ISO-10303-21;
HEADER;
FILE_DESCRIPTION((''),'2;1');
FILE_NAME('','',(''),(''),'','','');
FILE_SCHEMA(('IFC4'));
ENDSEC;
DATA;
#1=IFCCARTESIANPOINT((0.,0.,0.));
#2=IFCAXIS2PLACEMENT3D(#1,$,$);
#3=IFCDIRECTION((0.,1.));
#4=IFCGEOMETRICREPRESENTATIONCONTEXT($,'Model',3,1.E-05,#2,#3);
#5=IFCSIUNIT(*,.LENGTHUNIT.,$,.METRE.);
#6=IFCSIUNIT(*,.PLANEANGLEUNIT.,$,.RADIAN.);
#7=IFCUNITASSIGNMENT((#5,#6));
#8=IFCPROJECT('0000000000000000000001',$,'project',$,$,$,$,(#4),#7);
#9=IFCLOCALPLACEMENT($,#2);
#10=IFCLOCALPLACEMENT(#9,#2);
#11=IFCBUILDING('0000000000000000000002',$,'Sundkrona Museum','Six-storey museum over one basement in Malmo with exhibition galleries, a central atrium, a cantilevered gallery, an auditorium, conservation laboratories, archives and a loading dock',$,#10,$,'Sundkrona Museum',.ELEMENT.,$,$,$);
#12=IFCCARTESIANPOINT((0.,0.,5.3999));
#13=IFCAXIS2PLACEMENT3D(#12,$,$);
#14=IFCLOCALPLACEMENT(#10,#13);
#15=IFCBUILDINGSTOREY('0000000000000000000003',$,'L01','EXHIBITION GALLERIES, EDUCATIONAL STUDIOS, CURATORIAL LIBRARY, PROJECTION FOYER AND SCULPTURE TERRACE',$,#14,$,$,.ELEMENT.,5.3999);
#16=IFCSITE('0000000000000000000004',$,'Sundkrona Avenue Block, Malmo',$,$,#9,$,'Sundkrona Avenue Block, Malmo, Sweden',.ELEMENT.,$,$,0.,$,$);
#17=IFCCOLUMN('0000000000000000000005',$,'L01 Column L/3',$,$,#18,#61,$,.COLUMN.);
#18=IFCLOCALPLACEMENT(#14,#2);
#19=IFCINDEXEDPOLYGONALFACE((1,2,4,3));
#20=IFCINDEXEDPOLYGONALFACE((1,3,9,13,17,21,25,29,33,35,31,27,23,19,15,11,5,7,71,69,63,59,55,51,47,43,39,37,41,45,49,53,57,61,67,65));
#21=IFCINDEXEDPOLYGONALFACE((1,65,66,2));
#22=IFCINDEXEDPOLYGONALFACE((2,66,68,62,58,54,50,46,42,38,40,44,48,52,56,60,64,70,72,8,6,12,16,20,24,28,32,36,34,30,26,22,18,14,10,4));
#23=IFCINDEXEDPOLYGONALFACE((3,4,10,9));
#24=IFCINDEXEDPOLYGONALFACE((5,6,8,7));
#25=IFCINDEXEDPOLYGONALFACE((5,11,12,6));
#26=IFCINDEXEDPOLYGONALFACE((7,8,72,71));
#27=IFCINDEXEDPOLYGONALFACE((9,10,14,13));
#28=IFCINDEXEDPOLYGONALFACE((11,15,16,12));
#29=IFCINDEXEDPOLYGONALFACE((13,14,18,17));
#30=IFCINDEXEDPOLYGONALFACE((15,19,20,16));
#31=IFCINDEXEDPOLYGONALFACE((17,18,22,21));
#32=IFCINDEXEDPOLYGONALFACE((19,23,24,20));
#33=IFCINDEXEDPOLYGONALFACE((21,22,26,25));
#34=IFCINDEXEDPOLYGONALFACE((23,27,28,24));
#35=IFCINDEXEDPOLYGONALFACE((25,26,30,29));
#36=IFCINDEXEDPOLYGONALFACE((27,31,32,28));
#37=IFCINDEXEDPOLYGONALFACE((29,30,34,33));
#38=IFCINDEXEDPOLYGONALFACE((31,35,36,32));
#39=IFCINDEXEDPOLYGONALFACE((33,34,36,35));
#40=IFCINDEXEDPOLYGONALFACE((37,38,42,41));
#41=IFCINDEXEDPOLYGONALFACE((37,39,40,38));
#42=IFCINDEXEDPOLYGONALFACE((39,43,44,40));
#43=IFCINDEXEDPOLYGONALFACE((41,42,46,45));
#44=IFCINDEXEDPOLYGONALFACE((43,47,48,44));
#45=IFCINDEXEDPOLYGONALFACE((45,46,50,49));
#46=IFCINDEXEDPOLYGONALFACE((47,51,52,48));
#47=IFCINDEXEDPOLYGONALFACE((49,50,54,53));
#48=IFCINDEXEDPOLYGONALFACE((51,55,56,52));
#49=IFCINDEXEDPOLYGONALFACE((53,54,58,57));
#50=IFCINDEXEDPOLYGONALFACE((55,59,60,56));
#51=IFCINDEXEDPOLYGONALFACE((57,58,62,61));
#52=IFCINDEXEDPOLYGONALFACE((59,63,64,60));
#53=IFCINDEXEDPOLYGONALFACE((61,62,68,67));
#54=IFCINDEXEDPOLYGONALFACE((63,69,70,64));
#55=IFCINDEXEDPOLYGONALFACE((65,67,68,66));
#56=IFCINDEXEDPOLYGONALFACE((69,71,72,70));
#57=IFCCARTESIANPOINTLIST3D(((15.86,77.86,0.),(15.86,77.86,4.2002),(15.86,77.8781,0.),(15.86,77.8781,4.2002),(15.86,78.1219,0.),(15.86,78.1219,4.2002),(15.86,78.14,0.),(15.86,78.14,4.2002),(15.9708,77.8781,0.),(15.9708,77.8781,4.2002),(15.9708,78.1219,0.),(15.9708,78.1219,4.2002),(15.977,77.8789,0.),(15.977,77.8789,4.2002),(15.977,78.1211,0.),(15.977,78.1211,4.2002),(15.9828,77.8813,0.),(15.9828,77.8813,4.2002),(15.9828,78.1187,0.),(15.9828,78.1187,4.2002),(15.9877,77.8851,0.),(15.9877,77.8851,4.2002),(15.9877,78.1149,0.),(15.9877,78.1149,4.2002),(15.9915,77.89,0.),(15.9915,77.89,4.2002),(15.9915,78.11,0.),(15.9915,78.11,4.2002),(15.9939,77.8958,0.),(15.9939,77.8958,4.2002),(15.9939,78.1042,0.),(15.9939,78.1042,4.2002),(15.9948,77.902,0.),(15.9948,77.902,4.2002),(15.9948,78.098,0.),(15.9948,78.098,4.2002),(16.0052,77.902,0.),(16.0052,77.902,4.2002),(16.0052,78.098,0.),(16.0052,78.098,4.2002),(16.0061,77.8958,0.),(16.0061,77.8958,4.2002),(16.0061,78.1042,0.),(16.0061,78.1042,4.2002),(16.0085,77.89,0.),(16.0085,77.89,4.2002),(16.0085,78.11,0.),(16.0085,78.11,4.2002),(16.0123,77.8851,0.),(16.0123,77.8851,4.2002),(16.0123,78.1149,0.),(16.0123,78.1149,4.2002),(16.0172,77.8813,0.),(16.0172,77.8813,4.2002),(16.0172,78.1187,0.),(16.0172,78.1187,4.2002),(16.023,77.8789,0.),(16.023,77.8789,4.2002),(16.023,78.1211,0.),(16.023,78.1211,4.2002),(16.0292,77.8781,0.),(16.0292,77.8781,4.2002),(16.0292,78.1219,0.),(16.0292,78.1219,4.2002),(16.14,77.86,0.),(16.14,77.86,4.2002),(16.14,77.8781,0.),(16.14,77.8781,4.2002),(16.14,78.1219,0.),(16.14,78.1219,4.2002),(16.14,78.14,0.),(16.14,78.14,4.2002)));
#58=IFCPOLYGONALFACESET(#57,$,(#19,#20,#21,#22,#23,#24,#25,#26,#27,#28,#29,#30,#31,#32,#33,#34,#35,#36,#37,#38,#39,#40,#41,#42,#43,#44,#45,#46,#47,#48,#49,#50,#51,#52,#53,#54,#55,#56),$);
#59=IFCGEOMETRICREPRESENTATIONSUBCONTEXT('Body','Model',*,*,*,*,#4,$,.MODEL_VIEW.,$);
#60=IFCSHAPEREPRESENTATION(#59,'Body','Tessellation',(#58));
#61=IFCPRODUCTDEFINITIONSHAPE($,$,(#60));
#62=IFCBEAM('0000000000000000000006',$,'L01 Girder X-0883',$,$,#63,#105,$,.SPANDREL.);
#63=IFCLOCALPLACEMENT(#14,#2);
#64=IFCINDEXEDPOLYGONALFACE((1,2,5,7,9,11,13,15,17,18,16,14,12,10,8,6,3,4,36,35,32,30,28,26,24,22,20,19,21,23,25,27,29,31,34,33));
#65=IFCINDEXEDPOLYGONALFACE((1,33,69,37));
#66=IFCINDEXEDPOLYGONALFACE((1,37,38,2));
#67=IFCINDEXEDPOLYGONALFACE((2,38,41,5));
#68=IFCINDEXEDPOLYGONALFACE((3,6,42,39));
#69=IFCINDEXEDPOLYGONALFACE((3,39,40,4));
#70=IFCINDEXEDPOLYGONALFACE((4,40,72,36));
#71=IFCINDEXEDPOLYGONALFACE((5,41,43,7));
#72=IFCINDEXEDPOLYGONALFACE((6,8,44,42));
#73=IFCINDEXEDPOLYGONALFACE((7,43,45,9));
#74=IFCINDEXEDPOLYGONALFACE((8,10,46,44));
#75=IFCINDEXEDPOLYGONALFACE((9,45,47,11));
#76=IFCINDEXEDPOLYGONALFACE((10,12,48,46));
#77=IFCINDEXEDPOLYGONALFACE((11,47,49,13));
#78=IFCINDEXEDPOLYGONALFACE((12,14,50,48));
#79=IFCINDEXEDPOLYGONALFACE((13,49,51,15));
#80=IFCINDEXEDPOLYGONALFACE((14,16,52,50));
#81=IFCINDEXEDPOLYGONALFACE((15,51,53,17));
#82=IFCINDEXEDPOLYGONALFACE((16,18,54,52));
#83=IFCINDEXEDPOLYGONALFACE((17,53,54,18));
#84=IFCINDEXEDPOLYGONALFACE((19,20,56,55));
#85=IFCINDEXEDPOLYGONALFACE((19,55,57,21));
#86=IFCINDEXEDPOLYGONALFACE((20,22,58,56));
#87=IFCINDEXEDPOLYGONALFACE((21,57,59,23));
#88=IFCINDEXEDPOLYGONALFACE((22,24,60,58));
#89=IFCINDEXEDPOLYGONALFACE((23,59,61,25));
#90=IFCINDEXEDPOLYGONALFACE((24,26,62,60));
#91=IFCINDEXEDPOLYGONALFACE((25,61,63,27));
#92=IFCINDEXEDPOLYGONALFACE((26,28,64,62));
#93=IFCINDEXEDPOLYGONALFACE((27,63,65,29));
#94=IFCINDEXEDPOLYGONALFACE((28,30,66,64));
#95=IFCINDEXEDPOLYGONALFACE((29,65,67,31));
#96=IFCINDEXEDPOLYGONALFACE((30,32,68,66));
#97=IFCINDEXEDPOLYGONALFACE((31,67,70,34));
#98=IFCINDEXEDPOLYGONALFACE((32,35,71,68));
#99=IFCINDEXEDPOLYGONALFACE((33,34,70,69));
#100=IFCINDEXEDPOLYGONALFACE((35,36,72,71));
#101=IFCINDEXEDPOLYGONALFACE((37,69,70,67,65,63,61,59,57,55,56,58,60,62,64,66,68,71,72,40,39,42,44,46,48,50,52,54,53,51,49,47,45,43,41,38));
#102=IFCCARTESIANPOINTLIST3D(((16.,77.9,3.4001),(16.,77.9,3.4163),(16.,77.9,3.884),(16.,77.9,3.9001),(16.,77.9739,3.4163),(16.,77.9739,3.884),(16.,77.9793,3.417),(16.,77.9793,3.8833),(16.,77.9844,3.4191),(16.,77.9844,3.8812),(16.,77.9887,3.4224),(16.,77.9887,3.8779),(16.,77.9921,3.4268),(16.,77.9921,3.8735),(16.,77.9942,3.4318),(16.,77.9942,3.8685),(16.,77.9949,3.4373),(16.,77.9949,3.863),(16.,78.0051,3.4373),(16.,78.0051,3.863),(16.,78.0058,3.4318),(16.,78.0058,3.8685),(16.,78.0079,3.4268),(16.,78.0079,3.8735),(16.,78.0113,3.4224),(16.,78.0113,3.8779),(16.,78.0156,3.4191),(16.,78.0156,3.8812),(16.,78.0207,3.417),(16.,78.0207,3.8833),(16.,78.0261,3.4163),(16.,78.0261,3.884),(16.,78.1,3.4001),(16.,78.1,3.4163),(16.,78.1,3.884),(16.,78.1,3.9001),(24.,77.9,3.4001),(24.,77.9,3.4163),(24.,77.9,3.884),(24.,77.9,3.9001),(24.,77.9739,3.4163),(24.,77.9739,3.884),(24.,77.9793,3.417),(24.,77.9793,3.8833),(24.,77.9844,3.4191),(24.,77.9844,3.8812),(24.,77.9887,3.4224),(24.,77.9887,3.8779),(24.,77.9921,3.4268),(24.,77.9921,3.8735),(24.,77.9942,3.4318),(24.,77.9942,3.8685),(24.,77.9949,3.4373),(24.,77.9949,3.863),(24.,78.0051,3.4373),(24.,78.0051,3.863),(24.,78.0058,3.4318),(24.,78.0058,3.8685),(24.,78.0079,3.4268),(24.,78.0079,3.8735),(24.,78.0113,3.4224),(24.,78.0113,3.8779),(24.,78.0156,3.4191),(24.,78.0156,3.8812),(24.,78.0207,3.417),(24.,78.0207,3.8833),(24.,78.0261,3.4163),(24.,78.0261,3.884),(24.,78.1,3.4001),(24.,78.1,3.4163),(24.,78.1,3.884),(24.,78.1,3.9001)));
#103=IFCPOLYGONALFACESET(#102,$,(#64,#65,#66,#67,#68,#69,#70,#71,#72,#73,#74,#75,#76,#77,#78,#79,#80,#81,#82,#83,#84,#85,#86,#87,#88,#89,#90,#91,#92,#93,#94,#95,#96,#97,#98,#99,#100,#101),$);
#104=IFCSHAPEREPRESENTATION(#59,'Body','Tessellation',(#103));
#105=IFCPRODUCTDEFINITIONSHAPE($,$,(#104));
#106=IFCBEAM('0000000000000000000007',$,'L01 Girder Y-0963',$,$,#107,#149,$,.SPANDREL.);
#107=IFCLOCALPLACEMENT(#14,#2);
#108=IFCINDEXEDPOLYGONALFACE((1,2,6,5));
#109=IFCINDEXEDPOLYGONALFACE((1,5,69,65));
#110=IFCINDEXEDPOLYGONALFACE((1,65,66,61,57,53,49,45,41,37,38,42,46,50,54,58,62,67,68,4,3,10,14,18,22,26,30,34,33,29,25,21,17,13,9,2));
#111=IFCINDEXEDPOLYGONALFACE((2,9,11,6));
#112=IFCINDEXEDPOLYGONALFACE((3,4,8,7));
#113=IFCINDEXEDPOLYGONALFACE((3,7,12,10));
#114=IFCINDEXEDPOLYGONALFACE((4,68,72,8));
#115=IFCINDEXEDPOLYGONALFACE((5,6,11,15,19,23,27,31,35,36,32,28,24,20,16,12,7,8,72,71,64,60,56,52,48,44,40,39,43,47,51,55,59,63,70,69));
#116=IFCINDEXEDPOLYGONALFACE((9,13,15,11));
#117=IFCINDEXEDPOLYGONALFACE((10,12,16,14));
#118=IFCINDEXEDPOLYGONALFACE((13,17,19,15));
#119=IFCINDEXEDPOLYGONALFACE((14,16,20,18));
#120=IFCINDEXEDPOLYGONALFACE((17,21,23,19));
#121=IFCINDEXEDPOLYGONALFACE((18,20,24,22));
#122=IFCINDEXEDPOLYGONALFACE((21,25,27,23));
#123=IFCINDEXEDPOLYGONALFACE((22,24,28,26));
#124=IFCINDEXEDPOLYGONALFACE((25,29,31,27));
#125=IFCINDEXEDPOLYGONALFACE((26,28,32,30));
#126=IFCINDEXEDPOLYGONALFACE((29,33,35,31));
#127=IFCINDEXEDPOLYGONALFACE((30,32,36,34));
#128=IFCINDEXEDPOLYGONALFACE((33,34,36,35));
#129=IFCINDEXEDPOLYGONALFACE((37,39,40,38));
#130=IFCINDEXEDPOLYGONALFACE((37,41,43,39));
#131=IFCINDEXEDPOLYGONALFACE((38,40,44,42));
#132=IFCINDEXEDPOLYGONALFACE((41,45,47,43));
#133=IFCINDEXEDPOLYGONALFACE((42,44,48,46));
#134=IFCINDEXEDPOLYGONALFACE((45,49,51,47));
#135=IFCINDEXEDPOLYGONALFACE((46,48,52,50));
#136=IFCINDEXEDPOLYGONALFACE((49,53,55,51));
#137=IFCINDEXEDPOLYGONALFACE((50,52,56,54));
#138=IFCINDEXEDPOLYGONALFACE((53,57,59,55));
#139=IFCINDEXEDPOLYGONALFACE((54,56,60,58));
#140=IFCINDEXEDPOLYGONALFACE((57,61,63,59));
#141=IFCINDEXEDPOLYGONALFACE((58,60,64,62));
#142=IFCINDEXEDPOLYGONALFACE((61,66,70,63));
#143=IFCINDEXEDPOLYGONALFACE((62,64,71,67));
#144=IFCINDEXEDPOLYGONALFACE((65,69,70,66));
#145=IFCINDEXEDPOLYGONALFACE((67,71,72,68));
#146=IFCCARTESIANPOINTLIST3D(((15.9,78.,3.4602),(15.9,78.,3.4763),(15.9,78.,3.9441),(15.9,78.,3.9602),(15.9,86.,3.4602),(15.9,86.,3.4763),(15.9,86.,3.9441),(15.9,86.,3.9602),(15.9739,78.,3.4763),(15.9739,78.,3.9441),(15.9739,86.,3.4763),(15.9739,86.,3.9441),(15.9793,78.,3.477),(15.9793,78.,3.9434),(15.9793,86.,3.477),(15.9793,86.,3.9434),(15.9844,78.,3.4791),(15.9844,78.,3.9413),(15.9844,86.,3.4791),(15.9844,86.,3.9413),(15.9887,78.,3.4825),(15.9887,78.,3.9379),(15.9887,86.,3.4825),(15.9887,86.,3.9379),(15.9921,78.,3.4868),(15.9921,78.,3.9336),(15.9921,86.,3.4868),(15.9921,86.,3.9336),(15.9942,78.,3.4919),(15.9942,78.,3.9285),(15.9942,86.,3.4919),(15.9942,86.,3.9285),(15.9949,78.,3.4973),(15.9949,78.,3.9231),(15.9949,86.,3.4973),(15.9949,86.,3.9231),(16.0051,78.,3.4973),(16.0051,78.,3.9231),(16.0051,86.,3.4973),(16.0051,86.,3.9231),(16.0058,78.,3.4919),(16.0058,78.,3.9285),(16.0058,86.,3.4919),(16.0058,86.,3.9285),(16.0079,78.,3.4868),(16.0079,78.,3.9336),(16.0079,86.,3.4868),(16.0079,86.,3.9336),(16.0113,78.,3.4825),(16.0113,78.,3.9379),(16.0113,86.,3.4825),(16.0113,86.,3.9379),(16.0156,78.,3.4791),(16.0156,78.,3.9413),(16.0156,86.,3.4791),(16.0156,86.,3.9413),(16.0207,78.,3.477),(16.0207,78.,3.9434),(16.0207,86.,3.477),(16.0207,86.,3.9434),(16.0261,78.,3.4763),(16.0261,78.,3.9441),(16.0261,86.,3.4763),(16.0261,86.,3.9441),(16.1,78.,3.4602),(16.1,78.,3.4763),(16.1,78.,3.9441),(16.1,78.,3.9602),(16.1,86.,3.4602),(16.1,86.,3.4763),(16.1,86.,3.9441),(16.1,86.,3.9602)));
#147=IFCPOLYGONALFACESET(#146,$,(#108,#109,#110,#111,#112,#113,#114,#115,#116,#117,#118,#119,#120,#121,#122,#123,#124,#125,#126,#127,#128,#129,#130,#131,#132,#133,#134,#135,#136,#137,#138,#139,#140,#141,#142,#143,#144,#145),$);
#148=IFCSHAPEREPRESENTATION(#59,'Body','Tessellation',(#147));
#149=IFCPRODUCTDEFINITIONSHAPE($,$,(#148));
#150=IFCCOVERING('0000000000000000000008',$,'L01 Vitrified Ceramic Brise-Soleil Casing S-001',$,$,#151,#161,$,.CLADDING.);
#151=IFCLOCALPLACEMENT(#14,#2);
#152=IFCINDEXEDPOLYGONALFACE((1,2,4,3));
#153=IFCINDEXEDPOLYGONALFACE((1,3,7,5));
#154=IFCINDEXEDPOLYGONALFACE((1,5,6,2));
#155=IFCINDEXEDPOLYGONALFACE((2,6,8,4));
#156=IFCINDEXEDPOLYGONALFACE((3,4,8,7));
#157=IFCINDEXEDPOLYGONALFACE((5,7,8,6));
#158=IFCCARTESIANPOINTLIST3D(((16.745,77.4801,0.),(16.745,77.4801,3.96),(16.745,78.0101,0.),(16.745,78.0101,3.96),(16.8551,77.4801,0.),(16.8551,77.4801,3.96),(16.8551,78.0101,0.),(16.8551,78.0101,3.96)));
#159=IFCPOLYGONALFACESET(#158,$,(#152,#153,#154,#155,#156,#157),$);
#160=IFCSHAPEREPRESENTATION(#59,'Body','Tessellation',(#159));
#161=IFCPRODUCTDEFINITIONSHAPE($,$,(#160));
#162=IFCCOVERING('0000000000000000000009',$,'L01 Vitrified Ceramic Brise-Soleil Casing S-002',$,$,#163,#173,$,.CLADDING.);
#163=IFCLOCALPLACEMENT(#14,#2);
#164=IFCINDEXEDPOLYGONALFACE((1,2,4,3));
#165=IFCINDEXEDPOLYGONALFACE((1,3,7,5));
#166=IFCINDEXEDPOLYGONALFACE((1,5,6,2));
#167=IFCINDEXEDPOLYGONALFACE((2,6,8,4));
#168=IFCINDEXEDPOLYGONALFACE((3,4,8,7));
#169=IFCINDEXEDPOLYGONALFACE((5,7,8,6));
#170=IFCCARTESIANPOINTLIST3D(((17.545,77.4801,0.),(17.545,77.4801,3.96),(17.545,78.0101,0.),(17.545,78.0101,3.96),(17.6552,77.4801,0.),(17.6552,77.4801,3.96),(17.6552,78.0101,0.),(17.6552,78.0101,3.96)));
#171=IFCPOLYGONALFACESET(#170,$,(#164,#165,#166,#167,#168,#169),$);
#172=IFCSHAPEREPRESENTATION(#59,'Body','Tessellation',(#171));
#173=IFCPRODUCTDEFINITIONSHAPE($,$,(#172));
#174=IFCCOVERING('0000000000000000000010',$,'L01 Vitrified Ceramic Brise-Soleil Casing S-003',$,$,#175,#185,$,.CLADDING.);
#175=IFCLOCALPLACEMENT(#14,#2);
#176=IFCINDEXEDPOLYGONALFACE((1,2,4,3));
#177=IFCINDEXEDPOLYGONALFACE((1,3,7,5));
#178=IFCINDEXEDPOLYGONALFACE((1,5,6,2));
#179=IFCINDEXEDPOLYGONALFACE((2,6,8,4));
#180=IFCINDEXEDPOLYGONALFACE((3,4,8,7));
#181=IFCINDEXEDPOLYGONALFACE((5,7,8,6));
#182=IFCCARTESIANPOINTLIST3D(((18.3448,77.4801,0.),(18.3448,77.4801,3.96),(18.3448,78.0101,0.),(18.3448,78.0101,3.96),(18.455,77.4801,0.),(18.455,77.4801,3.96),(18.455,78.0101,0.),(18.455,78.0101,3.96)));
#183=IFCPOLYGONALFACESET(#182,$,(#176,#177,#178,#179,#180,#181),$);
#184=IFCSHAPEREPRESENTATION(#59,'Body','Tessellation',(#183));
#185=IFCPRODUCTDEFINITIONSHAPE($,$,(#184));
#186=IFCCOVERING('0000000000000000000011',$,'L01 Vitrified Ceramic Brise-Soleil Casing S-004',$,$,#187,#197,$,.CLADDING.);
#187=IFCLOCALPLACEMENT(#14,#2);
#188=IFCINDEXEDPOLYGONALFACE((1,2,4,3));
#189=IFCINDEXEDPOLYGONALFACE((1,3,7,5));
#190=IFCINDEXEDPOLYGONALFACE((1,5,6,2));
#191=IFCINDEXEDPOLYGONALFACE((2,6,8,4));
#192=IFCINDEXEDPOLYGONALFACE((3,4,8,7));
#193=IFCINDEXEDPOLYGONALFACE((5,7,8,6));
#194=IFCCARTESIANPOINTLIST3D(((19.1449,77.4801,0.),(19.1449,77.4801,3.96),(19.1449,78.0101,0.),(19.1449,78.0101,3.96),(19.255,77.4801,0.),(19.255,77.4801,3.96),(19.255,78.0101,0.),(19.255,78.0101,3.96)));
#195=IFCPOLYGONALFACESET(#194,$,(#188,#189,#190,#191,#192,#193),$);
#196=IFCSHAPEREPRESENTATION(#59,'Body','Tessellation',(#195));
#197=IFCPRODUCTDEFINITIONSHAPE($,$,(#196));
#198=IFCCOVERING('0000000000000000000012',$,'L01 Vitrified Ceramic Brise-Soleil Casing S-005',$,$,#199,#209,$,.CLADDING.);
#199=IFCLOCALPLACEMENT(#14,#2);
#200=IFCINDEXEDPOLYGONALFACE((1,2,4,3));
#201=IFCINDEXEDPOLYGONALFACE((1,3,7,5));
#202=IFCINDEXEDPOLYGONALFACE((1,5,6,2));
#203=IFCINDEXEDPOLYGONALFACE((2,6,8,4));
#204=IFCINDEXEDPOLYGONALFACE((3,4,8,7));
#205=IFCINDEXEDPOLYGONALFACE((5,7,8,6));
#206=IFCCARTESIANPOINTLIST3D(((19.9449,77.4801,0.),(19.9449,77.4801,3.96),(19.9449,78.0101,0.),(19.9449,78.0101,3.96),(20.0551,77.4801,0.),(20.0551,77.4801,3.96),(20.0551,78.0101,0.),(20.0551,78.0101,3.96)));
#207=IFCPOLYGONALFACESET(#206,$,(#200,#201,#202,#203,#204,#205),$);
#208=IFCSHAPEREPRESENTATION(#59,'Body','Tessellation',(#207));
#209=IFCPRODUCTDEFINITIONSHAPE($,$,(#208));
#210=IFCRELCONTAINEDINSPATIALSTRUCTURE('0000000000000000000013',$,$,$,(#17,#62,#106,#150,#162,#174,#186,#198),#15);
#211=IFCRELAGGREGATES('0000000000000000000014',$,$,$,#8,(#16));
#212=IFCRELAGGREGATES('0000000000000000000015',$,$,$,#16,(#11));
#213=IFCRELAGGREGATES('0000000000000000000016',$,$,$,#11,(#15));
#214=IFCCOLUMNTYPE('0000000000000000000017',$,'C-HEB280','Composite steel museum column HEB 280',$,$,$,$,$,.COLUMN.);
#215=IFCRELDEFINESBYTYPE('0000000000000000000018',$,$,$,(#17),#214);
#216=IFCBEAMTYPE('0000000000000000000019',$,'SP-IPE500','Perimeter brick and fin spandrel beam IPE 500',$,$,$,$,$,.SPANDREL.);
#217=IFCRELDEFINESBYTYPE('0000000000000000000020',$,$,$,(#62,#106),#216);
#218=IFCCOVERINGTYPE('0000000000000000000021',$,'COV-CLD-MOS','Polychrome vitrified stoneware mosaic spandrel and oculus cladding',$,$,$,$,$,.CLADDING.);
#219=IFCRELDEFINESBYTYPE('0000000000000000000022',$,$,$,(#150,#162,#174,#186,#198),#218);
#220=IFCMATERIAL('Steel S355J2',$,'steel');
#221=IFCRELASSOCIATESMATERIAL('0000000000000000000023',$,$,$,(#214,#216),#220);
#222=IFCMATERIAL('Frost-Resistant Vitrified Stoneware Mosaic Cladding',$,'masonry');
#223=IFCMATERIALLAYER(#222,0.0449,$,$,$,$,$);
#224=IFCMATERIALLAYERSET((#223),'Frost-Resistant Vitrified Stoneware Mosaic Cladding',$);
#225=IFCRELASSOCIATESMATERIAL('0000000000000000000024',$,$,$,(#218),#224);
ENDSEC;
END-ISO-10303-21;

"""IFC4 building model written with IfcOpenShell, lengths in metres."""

from ifc_helpers import new_model, si_unit, direction, frame, origin, origin_2d, place, context, subcontext, project, spatial, rectangle, i_section, extrude, material, layer, layer_set, material_profile, profile_set, type_object, element, save


model = new_model("IFC4")

# Units and contexts
model_context = context("Model", 3, precision=1e-05, world=origin(), true_north=direction((0.0, 1.0)))
body_context = subcontext(model_context, "Body", "Model", "MODEL_VIEW")
ifc_project = project(units=[si_unit("LENGTHUNIT", "METRE"), si_unit("PLANEANGLEUNIT", "RADIAN")], contexts=[model_context])

# Site, building, storey
site_placement = place(None, origin())
site = spatial("IfcSite", under=ifc_project, at=site_placement, Name="Sundkrona Avenue Block, Malmo", LongName="Sundkrona Avenue Block, Malmo, Sweden", CompositionType="ELEMENT", RefElevation=0.0)
building_placement = place(site_placement, origin())
building = spatial("IfcBuilding", under=site, at=building_placement, Name="Sundkrona Museum", Description="Six-storey museum over one basement in Malmo with exhibition galleries, a central atrium, a cantilevered gallery, an auditorium, conservation laboratories, archives and a loading dock", LongName="Sundkrona Museum", CompositionType="ELEMENT")
storey_placement = place(building_placement, frame((0.0, 0.0, 5.3999)))
storey = spatial("IfcBuildingStorey", under=building, at=storey_placement, Name="L01", Description="EXHIBITION GALLERIES, EDUCATIONAL STUDIOS, CURATORIAL LIBRARY, PROJECTION FOYER AND SCULPTURE TERRACE", CompositionType="ELEMENT", Elevation=5.3999)

# Column
ifc_material_1 = material(Name="Steel S355J2", Category="steel")
ifc_material_profile_1 = material_profile(ifc_material_1, i_section(OverallWidth=0.28, OverallDepth=0.28, WebThickness=0.0105, FlangeThickness=0.0181, FilletRadius=0.0239, at=origin_2d()), Name="HEB 280")
ifc_profile_set_1 = profile_set([ifc_material_profile_1], Name="Steel S355J2")
column_type = type_object("IfcColumnType", Name="C-HEB280", Description="Composite steel museum column HEB 280", PredefinedType="COLUMN", material=ifc_profile_set_1)
column_placement = place(storey_placement, frame((16.0, 78.0, 0.0), z_axis=(0.0, 0.0, 1.0), x_axis=(1.0, 0.0, 0.0)))
element("IfcColumn", 1, at=column_placement, inside=storey, type_object=column_type, Name="L01 Column L/3", PredefinedType="COLUMN", context=body_context, shape_type="SweptSolid", body=[
    extrude(i_section(OverallWidth=0.28, OverallDepth=0.28, WebThickness=0.0105, FlangeThickness=0.0181, FilletRadius=0.0239, at=origin_2d()), origin(), (0.0, 0.0, 1.0), 4.2002),
])

# Beams
ifc_material_profile_2 = material_profile(ifc_material_1, i_section(OverallWidth=0.2, OverallDepth=0.5, WebThickness=0.0103, FlangeThickness=0.0161, FilletRadius=0.021, at=origin_2d()), Name="IPE 500")
ifc_profile_set_2 = profile_set([ifc_material_profile_2], Name="Steel S355J2")
beam_type = type_object("IfcBeamType", Name="SP-IPE500", Description="Perimeter brick and fin spandrel beam IPE 500", PredefinedType="SPANDREL", material=ifc_profile_set_2)
for number, where, z_axis, x_axis, name in (
    (2, (16.0, 78.0, 3.6501), (1.0, 0.0, 0.0), (0.0, 1.0, 0.0), "L01 Girder X-0883"),
    (3, (16.0, 78.0, 3.7102), (0.0, 1.0, 0.0), (-1.0, 0.0, 0.0), "L01 Girder Y-0963"),
):
    element("IfcBeam", number, at=place(storey_placement, frame(where, z_axis=z_axis, x_axis=x_axis)), inside=storey, type_object=beam_type, Name=name, PredefinedType="SPANDREL", context=body_context, shape_type="SweptSolid", body=[
        extrude(i_section(OverallWidth=0.2, OverallDepth=0.5, WebThickness=0.0103, FlangeThickness=0.0161, FilletRadius=0.021, at=origin_2d()), origin(), (0.0, 0.0, 1.0), 8.0),
    ])

# Coverings
ifc_material_2 = material(Name="Frost-Resistant Vitrified Stoneware Mosaic Cladding", Category="masonry")
ifc_layer_1 = layer(ifc_material_2, 0.0449)
ifc_layer_set_1 = layer_set([ifc_layer_1], Name="Frost-Resistant Vitrified Stoneware Mosaic Cladding")
covering_type = type_object("IfcCoveringType", Name="COV-CLD-MOS", Description="Polychrome vitrified stoneware mosaic spandrel and oculus cladding", PredefinedType="CLADDING", material=ifc_layer_set_1)
for number, where, z_axis, x_axis, name in (
    (4, (16.8, 77.7451, 0.0), (0.0, 0.0, 1.0), (1.0, 0.0, 0.0), "L01 Vitrified Ceramic Brise-Soleil Casing S-001"),
    (5, (17.6001, 77.7451, 0.0), (0.0, 0.0, 1.0), (1.0, 0.0, 0.0), "L01 Vitrified Ceramic Brise-Soleil Casing S-002"),
    (6, (18.3999, 77.7451, 0.0), (0.0, 0.0, 1.0), (1.0, 0.0, 0.0), "L01 Vitrified Ceramic Brise-Soleil Casing S-003"),
    (7, (19.2, 77.7451, 0.0), (0.0, 0.0, 1.0), (1.0, 0.0, 0.0), "L01 Vitrified Ceramic Brise-Soleil Casing S-004"),
    (8, (20.0, 77.7451, 0.0), (0.0, 0.0, 1.0), (1.0, 0.0, 0.0), "L01 Vitrified Ceramic Brise-Soleil Casing S-005"),
):
    element("IfcCovering", number, at=place(storey_placement, frame(where, z_axis=z_axis, x_axis=x_axis)), inside=storey, type_object=covering_type, Name=name, PredefinedType="CLADDING", context=body_context, shape_type="SweptSolid", body=[
        extrude(rectangle(XDim=0.1101, YDim=0.53, at=origin_2d()), origin(), (0.0, 0.0, 1.0), 3.96),
    ])

save(model, "model.ifc")
